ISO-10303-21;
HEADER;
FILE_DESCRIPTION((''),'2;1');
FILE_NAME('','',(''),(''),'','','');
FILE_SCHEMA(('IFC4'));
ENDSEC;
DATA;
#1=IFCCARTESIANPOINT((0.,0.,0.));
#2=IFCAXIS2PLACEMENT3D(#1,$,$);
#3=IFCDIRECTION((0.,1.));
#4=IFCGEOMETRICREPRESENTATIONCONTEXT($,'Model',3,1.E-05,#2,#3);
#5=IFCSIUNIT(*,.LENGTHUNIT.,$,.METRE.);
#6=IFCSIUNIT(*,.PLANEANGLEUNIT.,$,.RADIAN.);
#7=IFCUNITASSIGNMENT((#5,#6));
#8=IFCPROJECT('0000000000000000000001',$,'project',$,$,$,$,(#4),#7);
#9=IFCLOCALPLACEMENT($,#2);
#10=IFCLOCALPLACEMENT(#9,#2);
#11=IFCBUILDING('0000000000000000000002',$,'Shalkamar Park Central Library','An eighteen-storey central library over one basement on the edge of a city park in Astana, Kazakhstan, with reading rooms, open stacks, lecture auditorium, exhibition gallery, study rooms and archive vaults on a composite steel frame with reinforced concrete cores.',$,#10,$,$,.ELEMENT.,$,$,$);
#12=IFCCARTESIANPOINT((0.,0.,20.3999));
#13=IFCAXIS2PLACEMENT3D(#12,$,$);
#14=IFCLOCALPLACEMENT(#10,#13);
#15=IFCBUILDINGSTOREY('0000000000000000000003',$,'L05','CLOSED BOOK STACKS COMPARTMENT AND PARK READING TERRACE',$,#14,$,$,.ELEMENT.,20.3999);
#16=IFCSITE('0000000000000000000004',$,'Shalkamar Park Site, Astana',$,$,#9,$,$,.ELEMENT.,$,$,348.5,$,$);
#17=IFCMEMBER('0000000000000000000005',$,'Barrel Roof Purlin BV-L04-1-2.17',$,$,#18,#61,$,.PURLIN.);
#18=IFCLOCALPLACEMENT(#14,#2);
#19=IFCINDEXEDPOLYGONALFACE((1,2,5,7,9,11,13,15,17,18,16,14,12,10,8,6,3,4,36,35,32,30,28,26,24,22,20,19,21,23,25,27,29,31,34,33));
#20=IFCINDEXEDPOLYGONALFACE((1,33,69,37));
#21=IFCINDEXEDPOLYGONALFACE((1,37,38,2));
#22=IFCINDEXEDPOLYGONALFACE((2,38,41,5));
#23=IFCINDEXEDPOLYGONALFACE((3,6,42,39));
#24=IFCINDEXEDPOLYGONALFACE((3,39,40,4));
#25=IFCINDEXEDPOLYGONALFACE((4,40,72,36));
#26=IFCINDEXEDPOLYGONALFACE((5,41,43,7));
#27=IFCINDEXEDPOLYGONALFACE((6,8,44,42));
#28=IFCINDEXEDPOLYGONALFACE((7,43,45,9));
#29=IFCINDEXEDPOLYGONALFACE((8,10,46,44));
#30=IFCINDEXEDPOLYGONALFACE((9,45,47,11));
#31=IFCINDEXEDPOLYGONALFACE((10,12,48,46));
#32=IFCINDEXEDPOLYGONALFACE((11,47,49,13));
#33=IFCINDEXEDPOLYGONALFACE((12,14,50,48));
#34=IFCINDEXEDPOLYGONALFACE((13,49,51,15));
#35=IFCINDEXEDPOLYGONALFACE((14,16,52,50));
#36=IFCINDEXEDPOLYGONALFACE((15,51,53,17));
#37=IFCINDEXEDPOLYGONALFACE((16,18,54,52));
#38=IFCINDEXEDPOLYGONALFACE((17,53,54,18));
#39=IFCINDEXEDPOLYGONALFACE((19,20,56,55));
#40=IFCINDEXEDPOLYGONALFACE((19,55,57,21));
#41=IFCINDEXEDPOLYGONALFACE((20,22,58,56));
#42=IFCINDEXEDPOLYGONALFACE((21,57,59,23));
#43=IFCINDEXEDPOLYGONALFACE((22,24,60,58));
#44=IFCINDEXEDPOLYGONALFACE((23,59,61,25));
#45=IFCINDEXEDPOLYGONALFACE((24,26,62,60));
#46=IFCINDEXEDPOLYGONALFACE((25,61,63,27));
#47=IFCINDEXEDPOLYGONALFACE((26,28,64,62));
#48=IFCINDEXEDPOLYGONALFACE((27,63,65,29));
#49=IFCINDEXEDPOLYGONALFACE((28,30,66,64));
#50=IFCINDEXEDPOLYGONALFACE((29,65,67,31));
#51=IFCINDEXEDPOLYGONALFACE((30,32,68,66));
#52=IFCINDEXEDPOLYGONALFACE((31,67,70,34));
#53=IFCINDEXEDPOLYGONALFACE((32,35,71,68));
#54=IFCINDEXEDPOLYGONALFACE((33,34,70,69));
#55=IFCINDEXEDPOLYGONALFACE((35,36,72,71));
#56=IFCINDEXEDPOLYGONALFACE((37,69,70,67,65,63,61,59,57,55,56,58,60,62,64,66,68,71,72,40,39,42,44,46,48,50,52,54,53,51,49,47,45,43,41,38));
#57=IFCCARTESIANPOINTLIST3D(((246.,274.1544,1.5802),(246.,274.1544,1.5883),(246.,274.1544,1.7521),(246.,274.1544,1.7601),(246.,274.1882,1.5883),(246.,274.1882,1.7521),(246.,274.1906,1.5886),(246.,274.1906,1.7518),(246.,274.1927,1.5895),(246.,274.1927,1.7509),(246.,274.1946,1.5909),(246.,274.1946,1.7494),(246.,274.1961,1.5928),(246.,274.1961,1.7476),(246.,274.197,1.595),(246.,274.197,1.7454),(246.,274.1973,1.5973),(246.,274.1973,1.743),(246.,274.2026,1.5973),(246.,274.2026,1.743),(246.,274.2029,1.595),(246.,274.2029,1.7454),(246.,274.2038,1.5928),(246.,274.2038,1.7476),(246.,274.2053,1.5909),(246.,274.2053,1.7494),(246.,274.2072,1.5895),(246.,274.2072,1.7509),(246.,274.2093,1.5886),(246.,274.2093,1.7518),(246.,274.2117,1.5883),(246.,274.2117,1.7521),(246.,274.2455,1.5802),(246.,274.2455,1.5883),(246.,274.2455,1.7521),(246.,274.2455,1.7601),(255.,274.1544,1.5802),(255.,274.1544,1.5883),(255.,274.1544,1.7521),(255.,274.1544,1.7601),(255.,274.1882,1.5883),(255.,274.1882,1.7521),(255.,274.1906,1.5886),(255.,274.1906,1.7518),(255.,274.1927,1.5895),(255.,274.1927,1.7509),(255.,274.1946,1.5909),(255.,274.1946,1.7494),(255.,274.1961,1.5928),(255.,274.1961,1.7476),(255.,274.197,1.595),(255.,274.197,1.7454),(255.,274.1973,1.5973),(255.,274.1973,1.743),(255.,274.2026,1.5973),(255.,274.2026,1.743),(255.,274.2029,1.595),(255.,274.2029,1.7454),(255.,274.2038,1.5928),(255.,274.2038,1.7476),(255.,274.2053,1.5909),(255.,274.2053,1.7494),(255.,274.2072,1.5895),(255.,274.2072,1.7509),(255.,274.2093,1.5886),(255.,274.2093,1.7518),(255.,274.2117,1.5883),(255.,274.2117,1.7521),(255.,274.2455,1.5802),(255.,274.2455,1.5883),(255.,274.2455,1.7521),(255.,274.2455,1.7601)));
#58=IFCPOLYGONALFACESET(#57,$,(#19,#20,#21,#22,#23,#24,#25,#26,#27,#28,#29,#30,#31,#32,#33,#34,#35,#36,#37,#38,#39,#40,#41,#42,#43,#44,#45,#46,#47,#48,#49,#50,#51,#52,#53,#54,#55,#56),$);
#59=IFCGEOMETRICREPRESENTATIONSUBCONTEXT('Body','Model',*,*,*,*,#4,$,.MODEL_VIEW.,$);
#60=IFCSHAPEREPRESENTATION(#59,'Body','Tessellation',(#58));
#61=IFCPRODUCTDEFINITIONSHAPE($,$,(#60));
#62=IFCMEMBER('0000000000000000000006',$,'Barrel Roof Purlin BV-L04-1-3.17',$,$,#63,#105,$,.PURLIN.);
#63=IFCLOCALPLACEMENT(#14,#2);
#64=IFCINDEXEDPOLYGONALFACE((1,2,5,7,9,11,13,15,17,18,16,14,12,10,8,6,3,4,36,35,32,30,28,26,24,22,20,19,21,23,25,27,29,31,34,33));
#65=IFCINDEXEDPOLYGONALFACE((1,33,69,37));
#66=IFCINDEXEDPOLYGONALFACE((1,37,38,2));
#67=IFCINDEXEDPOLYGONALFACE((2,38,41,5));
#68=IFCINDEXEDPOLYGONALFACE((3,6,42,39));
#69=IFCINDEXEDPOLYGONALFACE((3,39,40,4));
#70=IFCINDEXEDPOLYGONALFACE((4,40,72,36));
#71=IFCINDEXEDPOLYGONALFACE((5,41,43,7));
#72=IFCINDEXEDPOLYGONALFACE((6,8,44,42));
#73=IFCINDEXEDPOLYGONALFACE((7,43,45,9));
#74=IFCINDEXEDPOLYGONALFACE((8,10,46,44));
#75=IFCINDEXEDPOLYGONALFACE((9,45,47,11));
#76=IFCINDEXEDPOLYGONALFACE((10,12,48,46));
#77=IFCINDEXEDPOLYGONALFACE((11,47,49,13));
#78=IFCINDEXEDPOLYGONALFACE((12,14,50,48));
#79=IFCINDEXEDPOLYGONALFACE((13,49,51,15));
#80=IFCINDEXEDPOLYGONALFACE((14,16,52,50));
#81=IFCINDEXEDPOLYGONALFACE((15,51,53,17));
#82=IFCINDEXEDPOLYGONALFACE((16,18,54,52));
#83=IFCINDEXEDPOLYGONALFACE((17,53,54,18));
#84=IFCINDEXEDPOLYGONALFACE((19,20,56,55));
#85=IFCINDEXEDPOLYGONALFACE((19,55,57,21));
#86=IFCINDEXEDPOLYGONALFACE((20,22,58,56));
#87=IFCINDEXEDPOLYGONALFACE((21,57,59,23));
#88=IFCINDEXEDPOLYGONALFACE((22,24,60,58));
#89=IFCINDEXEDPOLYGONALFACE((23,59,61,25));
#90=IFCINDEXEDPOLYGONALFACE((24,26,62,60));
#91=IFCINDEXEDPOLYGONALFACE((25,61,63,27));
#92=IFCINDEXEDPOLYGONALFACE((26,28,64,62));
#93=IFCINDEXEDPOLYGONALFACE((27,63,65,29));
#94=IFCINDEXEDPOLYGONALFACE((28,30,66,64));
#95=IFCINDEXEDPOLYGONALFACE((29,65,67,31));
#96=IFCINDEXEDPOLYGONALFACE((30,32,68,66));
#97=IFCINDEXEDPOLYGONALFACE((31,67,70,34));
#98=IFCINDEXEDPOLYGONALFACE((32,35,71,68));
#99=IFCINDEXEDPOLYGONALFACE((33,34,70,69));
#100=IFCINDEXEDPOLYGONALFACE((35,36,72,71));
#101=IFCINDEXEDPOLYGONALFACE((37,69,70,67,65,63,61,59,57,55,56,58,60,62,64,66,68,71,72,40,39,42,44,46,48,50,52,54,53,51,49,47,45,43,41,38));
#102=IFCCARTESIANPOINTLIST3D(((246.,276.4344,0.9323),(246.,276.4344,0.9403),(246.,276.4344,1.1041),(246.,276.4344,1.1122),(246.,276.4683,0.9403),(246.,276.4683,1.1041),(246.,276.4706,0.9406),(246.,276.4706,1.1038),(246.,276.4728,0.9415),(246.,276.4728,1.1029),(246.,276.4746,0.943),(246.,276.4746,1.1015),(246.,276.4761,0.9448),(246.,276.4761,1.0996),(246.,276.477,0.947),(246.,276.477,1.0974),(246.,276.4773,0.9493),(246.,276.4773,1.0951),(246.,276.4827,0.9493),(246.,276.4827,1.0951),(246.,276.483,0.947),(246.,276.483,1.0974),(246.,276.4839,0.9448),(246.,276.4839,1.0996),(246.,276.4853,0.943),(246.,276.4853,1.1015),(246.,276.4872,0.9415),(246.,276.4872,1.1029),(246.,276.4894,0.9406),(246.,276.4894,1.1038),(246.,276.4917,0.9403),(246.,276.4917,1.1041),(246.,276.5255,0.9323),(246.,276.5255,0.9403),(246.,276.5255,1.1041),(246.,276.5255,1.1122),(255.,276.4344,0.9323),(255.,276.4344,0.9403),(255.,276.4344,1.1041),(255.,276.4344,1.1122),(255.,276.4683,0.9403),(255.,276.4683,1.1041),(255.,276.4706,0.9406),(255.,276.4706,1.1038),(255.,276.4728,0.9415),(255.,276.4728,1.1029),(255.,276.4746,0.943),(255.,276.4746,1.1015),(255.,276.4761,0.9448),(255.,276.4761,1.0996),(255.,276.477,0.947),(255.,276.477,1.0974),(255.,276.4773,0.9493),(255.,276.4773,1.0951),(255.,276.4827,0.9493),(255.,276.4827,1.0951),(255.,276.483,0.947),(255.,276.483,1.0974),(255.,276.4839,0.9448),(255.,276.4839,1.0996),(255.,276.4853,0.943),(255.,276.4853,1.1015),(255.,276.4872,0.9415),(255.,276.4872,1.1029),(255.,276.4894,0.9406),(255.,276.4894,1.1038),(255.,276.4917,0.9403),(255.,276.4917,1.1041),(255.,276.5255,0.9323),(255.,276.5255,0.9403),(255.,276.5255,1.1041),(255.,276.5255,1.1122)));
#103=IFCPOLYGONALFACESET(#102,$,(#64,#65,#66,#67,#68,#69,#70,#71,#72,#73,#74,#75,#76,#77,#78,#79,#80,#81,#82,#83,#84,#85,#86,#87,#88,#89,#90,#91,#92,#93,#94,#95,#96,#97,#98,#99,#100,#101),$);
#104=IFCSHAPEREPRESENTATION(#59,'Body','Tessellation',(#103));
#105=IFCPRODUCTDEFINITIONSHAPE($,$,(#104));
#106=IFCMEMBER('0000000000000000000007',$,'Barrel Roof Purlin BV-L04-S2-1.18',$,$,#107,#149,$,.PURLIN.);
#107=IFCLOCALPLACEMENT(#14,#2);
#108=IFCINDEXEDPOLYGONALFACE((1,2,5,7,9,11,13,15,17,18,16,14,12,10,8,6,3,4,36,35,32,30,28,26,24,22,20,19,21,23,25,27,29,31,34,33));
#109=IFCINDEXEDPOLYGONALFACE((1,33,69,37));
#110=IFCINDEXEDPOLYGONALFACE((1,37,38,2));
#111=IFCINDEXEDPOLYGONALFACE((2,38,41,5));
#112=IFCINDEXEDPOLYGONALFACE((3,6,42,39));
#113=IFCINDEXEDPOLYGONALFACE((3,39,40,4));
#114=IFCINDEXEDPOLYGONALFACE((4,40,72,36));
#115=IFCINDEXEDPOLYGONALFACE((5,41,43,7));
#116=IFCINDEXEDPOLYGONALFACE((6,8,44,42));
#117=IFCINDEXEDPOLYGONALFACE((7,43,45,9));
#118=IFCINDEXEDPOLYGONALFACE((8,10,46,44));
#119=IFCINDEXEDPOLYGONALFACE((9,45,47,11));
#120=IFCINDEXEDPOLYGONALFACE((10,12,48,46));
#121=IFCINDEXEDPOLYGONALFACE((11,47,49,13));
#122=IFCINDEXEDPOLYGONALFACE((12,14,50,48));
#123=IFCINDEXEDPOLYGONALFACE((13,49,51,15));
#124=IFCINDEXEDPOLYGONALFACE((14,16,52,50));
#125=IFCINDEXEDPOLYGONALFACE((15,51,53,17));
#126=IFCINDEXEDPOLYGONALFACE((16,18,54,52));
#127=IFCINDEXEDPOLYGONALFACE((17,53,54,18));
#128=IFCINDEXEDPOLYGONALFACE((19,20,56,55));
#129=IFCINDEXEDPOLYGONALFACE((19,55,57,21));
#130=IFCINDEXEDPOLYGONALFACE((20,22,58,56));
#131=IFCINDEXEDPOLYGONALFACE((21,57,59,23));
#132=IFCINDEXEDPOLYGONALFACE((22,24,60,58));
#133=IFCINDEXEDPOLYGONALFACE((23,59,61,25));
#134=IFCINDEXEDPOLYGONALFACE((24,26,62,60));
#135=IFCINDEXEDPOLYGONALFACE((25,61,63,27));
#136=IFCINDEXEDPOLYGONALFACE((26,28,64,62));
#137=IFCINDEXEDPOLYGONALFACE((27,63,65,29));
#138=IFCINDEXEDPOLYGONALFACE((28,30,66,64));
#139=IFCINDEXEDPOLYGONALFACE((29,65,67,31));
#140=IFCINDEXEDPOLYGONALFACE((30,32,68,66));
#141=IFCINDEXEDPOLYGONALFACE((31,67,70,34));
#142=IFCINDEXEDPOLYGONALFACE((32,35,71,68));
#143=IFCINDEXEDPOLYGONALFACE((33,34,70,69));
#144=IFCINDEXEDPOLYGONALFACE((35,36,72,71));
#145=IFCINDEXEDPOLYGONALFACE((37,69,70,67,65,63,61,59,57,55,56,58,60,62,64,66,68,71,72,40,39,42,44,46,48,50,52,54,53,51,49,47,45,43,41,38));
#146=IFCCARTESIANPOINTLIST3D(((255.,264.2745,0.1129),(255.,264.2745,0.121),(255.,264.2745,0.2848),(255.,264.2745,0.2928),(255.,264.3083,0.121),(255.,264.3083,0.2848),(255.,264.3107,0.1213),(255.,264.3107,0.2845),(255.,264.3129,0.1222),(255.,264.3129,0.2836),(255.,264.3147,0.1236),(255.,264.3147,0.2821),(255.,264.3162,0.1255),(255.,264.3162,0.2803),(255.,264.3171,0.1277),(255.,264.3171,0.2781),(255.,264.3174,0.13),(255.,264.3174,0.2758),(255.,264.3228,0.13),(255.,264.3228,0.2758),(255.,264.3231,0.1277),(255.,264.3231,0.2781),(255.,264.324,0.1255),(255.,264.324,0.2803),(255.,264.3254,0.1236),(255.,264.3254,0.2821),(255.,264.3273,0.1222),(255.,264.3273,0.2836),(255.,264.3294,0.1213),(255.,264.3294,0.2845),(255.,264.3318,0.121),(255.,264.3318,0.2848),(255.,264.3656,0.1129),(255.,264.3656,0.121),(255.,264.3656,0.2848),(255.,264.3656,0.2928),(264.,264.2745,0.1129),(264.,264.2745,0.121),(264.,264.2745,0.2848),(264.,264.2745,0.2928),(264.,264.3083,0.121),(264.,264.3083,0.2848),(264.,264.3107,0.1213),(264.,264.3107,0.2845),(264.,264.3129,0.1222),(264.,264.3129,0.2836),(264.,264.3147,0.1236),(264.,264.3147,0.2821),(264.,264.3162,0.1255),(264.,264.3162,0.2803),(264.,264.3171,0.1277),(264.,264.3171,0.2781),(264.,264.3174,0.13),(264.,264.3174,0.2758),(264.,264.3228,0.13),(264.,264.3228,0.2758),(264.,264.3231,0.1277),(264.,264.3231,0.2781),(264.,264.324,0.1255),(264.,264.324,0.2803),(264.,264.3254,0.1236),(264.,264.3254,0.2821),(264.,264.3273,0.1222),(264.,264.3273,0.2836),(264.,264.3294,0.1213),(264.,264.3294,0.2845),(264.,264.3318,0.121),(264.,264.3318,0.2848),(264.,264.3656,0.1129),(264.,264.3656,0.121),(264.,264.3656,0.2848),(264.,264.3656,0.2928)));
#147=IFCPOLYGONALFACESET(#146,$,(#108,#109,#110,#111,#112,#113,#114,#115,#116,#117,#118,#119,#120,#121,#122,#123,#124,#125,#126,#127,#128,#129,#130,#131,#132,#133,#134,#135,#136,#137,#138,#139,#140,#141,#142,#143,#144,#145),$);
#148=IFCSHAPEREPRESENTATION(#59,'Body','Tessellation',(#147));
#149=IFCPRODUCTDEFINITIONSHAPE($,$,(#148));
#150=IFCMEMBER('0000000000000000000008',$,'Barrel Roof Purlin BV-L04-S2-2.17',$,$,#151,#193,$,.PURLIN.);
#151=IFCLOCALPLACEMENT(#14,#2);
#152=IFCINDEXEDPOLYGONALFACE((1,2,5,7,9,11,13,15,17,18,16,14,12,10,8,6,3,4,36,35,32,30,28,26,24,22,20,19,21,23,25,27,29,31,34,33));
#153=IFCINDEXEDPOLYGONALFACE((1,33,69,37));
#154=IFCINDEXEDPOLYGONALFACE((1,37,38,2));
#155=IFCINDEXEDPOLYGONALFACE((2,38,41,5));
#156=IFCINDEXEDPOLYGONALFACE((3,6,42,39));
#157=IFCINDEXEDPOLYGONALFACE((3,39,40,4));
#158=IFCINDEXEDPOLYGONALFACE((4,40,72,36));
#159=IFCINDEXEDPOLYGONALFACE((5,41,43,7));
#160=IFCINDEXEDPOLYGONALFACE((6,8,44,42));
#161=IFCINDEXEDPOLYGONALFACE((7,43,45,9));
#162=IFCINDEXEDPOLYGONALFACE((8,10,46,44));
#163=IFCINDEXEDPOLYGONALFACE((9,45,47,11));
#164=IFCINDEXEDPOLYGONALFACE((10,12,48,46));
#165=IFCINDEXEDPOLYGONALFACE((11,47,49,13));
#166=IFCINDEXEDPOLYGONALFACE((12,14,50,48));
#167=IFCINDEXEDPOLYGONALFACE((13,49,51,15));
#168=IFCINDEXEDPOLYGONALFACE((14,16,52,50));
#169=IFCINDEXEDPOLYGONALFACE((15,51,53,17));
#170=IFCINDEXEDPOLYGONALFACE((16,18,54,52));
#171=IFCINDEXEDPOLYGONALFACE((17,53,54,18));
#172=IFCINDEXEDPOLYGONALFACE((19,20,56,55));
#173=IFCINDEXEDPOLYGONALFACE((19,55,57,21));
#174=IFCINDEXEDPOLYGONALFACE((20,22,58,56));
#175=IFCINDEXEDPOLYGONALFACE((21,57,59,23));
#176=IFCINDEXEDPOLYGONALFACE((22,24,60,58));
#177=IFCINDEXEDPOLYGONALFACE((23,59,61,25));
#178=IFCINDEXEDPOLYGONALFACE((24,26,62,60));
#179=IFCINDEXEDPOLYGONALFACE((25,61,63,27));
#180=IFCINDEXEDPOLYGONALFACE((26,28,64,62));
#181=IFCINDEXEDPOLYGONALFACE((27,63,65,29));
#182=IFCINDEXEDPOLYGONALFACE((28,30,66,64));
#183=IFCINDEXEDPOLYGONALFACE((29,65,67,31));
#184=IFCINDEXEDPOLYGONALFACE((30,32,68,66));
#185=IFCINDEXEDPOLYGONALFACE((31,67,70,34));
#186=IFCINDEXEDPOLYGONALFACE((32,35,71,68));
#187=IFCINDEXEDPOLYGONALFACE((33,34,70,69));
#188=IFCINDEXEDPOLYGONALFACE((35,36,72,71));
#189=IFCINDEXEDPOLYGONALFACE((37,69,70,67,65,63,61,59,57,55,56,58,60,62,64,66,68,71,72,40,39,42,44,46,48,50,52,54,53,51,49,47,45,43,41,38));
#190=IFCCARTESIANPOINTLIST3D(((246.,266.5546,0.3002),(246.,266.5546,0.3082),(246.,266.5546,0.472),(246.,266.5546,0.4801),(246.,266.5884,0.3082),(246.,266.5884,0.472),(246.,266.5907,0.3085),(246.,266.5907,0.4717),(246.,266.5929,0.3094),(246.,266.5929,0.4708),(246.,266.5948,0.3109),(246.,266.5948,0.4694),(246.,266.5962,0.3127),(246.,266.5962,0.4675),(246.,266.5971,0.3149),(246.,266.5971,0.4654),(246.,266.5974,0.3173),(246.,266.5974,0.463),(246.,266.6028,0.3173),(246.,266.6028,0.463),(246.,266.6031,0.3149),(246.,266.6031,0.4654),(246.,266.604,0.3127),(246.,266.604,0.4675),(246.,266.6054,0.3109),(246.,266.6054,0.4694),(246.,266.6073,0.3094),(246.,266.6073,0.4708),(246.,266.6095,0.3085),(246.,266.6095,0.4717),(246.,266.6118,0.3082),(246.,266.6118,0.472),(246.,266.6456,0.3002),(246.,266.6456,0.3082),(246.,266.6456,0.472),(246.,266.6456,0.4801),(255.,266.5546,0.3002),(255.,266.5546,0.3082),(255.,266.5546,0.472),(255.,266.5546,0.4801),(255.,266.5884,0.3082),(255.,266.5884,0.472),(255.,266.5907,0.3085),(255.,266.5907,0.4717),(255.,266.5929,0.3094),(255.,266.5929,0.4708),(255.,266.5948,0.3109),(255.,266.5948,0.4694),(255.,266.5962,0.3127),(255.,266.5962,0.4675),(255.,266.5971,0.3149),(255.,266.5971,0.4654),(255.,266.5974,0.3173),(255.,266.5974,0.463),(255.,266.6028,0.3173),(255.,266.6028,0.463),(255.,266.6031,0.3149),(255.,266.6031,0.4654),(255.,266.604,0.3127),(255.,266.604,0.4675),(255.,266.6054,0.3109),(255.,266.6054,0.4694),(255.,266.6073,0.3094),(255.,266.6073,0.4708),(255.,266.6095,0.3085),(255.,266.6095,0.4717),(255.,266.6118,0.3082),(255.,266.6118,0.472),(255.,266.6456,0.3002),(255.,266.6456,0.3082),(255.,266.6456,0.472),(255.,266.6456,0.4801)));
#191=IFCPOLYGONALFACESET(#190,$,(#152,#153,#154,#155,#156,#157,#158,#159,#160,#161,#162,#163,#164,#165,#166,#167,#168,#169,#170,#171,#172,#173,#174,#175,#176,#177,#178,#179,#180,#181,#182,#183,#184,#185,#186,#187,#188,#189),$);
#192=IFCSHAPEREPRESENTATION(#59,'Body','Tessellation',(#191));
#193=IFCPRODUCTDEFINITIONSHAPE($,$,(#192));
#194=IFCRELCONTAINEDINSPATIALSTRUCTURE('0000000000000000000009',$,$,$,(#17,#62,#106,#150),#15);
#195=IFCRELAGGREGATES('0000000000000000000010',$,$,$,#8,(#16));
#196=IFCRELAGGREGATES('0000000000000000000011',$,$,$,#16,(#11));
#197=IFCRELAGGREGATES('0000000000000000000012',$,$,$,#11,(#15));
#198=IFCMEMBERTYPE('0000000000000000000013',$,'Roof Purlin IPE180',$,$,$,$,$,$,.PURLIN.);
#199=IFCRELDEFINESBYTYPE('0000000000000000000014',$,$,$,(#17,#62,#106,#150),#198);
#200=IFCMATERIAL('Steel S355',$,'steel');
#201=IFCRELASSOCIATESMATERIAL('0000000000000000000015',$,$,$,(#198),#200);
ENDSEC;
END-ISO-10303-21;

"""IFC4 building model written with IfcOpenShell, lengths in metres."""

from ifc_helpers import new_model, si_unit, direction, frame, origin, origin_2d, place, context, subcontext, project, spatial, i_section, extrude, material, material_profile, profile_set, type_object, element, save


model = new_model("IFC4")

# Units and contexts
model_context = context("Model", 3, precision=1e-05, world=origin(), true_north=direction((0.0, 1.0)))
body_context = subcontext(model_context, "Body", "Model", "MODEL_VIEW")
ifc_project = project(units=[si_unit("LENGTHUNIT", "METRE"), si_unit("PLANEANGLEUNIT", "RADIAN")], contexts=[model_context])

# Site, building, storey
site_placement = place(None, origin())
site = spatial("IfcSite", under=ifc_project, at=site_placement, Name="Shalkamar Park Site, Astana", CompositionType="ELEMENT", RefElevation=348.5)
building_placement = place(site_placement, origin())
building = spatial("IfcBuilding", under=site, at=building_placement, Name="Shalkamar Park Central Library", Description="An eighteen-storey central library over one basement on the edge of a city park in Astana, Kazakhstan, with reading rooms, open stacks, lecture auditorium, exhibition gallery, study rooms and archive vaults on a composite steel frame with reinforced concrete cores.", CompositionType="ELEMENT")
storey_placement = place(building_placement, frame((0.0, 0.0, 20.3999)))
storey = spatial("IfcBuildingStorey", under=building, at=storey_placement, Name="L05", Description="CLOSED BOOK STACKS COMPARTMENT AND PARK READING TERRACE", CompositionType="ELEMENT", Elevation=20.3999)

# Members
ifc_material = material(Name="Steel S355", Category="steel")
ifc_material_profile_1 = material_profile(ifc_material, i_section(OverallWidth=0.0911, OverallDepth=0.1799, WebThickness=0.0054, FlangeThickness=0.0081, FilletRadius=0.009, at=origin_2d()), Name="IPE 180")
ifc_profile_set_1 = profile_set([ifc_material_profile_1], Name="Steel S355")
member_type_1 = type_object("IfcMemberType", Name="Roof Purlin IPE180", PredefinedType="PURLIN", material=ifc_profile_set_1)
for number, where, z_axis, x_axis, name in (
    (1, (246.0, 274.2, 1.6702), (1.0, 0.0, 0.0), (0.0, 1.0, 0.0), "Barrel Roof Purlin BV-L04-1-2.17"),
    (2, (246.0, 276.48, 1.0222), (1.0, 0.0, 0.0), (0.0, 1.0, 0.0), "Barrel Roof Purlin BV-L04-1-3.17"),
    (3, (255.0, 264.3201, 0.2029), (1.0, 0.0, 0.0), (0.0, 1.0, 0.0), "Barrel Roof Purlin BV-L04-S2-1.18"),
    (4, (246.0, 266.6001, 0.3901), (1.0, 0.0, 0.0), (0.0, 1.0, 0.0), "Barrel Roof Purlin BV-L04-S2-2.17"),
):
    element("IfcMember", number, at=place(storey_placement, frame(where, z_axis=z_axis, x_axis=x_axis)), inside=storey, type_object=member_type_1, Name=name, PredefinedType="PURLIN", context=body_context, shape_type="SweptSolid", body=[
        extrude(i_section(OverallWidth=0.0911, OverallDepth=0.1799, WebThickness=0.0054, FlangeThickness=0.0081, FilletRadius=0.009, at=origin_2d()), origin(), (0.0, 0.0, 1.0), 9.0),
    ])

save(model, "model.ifc")
